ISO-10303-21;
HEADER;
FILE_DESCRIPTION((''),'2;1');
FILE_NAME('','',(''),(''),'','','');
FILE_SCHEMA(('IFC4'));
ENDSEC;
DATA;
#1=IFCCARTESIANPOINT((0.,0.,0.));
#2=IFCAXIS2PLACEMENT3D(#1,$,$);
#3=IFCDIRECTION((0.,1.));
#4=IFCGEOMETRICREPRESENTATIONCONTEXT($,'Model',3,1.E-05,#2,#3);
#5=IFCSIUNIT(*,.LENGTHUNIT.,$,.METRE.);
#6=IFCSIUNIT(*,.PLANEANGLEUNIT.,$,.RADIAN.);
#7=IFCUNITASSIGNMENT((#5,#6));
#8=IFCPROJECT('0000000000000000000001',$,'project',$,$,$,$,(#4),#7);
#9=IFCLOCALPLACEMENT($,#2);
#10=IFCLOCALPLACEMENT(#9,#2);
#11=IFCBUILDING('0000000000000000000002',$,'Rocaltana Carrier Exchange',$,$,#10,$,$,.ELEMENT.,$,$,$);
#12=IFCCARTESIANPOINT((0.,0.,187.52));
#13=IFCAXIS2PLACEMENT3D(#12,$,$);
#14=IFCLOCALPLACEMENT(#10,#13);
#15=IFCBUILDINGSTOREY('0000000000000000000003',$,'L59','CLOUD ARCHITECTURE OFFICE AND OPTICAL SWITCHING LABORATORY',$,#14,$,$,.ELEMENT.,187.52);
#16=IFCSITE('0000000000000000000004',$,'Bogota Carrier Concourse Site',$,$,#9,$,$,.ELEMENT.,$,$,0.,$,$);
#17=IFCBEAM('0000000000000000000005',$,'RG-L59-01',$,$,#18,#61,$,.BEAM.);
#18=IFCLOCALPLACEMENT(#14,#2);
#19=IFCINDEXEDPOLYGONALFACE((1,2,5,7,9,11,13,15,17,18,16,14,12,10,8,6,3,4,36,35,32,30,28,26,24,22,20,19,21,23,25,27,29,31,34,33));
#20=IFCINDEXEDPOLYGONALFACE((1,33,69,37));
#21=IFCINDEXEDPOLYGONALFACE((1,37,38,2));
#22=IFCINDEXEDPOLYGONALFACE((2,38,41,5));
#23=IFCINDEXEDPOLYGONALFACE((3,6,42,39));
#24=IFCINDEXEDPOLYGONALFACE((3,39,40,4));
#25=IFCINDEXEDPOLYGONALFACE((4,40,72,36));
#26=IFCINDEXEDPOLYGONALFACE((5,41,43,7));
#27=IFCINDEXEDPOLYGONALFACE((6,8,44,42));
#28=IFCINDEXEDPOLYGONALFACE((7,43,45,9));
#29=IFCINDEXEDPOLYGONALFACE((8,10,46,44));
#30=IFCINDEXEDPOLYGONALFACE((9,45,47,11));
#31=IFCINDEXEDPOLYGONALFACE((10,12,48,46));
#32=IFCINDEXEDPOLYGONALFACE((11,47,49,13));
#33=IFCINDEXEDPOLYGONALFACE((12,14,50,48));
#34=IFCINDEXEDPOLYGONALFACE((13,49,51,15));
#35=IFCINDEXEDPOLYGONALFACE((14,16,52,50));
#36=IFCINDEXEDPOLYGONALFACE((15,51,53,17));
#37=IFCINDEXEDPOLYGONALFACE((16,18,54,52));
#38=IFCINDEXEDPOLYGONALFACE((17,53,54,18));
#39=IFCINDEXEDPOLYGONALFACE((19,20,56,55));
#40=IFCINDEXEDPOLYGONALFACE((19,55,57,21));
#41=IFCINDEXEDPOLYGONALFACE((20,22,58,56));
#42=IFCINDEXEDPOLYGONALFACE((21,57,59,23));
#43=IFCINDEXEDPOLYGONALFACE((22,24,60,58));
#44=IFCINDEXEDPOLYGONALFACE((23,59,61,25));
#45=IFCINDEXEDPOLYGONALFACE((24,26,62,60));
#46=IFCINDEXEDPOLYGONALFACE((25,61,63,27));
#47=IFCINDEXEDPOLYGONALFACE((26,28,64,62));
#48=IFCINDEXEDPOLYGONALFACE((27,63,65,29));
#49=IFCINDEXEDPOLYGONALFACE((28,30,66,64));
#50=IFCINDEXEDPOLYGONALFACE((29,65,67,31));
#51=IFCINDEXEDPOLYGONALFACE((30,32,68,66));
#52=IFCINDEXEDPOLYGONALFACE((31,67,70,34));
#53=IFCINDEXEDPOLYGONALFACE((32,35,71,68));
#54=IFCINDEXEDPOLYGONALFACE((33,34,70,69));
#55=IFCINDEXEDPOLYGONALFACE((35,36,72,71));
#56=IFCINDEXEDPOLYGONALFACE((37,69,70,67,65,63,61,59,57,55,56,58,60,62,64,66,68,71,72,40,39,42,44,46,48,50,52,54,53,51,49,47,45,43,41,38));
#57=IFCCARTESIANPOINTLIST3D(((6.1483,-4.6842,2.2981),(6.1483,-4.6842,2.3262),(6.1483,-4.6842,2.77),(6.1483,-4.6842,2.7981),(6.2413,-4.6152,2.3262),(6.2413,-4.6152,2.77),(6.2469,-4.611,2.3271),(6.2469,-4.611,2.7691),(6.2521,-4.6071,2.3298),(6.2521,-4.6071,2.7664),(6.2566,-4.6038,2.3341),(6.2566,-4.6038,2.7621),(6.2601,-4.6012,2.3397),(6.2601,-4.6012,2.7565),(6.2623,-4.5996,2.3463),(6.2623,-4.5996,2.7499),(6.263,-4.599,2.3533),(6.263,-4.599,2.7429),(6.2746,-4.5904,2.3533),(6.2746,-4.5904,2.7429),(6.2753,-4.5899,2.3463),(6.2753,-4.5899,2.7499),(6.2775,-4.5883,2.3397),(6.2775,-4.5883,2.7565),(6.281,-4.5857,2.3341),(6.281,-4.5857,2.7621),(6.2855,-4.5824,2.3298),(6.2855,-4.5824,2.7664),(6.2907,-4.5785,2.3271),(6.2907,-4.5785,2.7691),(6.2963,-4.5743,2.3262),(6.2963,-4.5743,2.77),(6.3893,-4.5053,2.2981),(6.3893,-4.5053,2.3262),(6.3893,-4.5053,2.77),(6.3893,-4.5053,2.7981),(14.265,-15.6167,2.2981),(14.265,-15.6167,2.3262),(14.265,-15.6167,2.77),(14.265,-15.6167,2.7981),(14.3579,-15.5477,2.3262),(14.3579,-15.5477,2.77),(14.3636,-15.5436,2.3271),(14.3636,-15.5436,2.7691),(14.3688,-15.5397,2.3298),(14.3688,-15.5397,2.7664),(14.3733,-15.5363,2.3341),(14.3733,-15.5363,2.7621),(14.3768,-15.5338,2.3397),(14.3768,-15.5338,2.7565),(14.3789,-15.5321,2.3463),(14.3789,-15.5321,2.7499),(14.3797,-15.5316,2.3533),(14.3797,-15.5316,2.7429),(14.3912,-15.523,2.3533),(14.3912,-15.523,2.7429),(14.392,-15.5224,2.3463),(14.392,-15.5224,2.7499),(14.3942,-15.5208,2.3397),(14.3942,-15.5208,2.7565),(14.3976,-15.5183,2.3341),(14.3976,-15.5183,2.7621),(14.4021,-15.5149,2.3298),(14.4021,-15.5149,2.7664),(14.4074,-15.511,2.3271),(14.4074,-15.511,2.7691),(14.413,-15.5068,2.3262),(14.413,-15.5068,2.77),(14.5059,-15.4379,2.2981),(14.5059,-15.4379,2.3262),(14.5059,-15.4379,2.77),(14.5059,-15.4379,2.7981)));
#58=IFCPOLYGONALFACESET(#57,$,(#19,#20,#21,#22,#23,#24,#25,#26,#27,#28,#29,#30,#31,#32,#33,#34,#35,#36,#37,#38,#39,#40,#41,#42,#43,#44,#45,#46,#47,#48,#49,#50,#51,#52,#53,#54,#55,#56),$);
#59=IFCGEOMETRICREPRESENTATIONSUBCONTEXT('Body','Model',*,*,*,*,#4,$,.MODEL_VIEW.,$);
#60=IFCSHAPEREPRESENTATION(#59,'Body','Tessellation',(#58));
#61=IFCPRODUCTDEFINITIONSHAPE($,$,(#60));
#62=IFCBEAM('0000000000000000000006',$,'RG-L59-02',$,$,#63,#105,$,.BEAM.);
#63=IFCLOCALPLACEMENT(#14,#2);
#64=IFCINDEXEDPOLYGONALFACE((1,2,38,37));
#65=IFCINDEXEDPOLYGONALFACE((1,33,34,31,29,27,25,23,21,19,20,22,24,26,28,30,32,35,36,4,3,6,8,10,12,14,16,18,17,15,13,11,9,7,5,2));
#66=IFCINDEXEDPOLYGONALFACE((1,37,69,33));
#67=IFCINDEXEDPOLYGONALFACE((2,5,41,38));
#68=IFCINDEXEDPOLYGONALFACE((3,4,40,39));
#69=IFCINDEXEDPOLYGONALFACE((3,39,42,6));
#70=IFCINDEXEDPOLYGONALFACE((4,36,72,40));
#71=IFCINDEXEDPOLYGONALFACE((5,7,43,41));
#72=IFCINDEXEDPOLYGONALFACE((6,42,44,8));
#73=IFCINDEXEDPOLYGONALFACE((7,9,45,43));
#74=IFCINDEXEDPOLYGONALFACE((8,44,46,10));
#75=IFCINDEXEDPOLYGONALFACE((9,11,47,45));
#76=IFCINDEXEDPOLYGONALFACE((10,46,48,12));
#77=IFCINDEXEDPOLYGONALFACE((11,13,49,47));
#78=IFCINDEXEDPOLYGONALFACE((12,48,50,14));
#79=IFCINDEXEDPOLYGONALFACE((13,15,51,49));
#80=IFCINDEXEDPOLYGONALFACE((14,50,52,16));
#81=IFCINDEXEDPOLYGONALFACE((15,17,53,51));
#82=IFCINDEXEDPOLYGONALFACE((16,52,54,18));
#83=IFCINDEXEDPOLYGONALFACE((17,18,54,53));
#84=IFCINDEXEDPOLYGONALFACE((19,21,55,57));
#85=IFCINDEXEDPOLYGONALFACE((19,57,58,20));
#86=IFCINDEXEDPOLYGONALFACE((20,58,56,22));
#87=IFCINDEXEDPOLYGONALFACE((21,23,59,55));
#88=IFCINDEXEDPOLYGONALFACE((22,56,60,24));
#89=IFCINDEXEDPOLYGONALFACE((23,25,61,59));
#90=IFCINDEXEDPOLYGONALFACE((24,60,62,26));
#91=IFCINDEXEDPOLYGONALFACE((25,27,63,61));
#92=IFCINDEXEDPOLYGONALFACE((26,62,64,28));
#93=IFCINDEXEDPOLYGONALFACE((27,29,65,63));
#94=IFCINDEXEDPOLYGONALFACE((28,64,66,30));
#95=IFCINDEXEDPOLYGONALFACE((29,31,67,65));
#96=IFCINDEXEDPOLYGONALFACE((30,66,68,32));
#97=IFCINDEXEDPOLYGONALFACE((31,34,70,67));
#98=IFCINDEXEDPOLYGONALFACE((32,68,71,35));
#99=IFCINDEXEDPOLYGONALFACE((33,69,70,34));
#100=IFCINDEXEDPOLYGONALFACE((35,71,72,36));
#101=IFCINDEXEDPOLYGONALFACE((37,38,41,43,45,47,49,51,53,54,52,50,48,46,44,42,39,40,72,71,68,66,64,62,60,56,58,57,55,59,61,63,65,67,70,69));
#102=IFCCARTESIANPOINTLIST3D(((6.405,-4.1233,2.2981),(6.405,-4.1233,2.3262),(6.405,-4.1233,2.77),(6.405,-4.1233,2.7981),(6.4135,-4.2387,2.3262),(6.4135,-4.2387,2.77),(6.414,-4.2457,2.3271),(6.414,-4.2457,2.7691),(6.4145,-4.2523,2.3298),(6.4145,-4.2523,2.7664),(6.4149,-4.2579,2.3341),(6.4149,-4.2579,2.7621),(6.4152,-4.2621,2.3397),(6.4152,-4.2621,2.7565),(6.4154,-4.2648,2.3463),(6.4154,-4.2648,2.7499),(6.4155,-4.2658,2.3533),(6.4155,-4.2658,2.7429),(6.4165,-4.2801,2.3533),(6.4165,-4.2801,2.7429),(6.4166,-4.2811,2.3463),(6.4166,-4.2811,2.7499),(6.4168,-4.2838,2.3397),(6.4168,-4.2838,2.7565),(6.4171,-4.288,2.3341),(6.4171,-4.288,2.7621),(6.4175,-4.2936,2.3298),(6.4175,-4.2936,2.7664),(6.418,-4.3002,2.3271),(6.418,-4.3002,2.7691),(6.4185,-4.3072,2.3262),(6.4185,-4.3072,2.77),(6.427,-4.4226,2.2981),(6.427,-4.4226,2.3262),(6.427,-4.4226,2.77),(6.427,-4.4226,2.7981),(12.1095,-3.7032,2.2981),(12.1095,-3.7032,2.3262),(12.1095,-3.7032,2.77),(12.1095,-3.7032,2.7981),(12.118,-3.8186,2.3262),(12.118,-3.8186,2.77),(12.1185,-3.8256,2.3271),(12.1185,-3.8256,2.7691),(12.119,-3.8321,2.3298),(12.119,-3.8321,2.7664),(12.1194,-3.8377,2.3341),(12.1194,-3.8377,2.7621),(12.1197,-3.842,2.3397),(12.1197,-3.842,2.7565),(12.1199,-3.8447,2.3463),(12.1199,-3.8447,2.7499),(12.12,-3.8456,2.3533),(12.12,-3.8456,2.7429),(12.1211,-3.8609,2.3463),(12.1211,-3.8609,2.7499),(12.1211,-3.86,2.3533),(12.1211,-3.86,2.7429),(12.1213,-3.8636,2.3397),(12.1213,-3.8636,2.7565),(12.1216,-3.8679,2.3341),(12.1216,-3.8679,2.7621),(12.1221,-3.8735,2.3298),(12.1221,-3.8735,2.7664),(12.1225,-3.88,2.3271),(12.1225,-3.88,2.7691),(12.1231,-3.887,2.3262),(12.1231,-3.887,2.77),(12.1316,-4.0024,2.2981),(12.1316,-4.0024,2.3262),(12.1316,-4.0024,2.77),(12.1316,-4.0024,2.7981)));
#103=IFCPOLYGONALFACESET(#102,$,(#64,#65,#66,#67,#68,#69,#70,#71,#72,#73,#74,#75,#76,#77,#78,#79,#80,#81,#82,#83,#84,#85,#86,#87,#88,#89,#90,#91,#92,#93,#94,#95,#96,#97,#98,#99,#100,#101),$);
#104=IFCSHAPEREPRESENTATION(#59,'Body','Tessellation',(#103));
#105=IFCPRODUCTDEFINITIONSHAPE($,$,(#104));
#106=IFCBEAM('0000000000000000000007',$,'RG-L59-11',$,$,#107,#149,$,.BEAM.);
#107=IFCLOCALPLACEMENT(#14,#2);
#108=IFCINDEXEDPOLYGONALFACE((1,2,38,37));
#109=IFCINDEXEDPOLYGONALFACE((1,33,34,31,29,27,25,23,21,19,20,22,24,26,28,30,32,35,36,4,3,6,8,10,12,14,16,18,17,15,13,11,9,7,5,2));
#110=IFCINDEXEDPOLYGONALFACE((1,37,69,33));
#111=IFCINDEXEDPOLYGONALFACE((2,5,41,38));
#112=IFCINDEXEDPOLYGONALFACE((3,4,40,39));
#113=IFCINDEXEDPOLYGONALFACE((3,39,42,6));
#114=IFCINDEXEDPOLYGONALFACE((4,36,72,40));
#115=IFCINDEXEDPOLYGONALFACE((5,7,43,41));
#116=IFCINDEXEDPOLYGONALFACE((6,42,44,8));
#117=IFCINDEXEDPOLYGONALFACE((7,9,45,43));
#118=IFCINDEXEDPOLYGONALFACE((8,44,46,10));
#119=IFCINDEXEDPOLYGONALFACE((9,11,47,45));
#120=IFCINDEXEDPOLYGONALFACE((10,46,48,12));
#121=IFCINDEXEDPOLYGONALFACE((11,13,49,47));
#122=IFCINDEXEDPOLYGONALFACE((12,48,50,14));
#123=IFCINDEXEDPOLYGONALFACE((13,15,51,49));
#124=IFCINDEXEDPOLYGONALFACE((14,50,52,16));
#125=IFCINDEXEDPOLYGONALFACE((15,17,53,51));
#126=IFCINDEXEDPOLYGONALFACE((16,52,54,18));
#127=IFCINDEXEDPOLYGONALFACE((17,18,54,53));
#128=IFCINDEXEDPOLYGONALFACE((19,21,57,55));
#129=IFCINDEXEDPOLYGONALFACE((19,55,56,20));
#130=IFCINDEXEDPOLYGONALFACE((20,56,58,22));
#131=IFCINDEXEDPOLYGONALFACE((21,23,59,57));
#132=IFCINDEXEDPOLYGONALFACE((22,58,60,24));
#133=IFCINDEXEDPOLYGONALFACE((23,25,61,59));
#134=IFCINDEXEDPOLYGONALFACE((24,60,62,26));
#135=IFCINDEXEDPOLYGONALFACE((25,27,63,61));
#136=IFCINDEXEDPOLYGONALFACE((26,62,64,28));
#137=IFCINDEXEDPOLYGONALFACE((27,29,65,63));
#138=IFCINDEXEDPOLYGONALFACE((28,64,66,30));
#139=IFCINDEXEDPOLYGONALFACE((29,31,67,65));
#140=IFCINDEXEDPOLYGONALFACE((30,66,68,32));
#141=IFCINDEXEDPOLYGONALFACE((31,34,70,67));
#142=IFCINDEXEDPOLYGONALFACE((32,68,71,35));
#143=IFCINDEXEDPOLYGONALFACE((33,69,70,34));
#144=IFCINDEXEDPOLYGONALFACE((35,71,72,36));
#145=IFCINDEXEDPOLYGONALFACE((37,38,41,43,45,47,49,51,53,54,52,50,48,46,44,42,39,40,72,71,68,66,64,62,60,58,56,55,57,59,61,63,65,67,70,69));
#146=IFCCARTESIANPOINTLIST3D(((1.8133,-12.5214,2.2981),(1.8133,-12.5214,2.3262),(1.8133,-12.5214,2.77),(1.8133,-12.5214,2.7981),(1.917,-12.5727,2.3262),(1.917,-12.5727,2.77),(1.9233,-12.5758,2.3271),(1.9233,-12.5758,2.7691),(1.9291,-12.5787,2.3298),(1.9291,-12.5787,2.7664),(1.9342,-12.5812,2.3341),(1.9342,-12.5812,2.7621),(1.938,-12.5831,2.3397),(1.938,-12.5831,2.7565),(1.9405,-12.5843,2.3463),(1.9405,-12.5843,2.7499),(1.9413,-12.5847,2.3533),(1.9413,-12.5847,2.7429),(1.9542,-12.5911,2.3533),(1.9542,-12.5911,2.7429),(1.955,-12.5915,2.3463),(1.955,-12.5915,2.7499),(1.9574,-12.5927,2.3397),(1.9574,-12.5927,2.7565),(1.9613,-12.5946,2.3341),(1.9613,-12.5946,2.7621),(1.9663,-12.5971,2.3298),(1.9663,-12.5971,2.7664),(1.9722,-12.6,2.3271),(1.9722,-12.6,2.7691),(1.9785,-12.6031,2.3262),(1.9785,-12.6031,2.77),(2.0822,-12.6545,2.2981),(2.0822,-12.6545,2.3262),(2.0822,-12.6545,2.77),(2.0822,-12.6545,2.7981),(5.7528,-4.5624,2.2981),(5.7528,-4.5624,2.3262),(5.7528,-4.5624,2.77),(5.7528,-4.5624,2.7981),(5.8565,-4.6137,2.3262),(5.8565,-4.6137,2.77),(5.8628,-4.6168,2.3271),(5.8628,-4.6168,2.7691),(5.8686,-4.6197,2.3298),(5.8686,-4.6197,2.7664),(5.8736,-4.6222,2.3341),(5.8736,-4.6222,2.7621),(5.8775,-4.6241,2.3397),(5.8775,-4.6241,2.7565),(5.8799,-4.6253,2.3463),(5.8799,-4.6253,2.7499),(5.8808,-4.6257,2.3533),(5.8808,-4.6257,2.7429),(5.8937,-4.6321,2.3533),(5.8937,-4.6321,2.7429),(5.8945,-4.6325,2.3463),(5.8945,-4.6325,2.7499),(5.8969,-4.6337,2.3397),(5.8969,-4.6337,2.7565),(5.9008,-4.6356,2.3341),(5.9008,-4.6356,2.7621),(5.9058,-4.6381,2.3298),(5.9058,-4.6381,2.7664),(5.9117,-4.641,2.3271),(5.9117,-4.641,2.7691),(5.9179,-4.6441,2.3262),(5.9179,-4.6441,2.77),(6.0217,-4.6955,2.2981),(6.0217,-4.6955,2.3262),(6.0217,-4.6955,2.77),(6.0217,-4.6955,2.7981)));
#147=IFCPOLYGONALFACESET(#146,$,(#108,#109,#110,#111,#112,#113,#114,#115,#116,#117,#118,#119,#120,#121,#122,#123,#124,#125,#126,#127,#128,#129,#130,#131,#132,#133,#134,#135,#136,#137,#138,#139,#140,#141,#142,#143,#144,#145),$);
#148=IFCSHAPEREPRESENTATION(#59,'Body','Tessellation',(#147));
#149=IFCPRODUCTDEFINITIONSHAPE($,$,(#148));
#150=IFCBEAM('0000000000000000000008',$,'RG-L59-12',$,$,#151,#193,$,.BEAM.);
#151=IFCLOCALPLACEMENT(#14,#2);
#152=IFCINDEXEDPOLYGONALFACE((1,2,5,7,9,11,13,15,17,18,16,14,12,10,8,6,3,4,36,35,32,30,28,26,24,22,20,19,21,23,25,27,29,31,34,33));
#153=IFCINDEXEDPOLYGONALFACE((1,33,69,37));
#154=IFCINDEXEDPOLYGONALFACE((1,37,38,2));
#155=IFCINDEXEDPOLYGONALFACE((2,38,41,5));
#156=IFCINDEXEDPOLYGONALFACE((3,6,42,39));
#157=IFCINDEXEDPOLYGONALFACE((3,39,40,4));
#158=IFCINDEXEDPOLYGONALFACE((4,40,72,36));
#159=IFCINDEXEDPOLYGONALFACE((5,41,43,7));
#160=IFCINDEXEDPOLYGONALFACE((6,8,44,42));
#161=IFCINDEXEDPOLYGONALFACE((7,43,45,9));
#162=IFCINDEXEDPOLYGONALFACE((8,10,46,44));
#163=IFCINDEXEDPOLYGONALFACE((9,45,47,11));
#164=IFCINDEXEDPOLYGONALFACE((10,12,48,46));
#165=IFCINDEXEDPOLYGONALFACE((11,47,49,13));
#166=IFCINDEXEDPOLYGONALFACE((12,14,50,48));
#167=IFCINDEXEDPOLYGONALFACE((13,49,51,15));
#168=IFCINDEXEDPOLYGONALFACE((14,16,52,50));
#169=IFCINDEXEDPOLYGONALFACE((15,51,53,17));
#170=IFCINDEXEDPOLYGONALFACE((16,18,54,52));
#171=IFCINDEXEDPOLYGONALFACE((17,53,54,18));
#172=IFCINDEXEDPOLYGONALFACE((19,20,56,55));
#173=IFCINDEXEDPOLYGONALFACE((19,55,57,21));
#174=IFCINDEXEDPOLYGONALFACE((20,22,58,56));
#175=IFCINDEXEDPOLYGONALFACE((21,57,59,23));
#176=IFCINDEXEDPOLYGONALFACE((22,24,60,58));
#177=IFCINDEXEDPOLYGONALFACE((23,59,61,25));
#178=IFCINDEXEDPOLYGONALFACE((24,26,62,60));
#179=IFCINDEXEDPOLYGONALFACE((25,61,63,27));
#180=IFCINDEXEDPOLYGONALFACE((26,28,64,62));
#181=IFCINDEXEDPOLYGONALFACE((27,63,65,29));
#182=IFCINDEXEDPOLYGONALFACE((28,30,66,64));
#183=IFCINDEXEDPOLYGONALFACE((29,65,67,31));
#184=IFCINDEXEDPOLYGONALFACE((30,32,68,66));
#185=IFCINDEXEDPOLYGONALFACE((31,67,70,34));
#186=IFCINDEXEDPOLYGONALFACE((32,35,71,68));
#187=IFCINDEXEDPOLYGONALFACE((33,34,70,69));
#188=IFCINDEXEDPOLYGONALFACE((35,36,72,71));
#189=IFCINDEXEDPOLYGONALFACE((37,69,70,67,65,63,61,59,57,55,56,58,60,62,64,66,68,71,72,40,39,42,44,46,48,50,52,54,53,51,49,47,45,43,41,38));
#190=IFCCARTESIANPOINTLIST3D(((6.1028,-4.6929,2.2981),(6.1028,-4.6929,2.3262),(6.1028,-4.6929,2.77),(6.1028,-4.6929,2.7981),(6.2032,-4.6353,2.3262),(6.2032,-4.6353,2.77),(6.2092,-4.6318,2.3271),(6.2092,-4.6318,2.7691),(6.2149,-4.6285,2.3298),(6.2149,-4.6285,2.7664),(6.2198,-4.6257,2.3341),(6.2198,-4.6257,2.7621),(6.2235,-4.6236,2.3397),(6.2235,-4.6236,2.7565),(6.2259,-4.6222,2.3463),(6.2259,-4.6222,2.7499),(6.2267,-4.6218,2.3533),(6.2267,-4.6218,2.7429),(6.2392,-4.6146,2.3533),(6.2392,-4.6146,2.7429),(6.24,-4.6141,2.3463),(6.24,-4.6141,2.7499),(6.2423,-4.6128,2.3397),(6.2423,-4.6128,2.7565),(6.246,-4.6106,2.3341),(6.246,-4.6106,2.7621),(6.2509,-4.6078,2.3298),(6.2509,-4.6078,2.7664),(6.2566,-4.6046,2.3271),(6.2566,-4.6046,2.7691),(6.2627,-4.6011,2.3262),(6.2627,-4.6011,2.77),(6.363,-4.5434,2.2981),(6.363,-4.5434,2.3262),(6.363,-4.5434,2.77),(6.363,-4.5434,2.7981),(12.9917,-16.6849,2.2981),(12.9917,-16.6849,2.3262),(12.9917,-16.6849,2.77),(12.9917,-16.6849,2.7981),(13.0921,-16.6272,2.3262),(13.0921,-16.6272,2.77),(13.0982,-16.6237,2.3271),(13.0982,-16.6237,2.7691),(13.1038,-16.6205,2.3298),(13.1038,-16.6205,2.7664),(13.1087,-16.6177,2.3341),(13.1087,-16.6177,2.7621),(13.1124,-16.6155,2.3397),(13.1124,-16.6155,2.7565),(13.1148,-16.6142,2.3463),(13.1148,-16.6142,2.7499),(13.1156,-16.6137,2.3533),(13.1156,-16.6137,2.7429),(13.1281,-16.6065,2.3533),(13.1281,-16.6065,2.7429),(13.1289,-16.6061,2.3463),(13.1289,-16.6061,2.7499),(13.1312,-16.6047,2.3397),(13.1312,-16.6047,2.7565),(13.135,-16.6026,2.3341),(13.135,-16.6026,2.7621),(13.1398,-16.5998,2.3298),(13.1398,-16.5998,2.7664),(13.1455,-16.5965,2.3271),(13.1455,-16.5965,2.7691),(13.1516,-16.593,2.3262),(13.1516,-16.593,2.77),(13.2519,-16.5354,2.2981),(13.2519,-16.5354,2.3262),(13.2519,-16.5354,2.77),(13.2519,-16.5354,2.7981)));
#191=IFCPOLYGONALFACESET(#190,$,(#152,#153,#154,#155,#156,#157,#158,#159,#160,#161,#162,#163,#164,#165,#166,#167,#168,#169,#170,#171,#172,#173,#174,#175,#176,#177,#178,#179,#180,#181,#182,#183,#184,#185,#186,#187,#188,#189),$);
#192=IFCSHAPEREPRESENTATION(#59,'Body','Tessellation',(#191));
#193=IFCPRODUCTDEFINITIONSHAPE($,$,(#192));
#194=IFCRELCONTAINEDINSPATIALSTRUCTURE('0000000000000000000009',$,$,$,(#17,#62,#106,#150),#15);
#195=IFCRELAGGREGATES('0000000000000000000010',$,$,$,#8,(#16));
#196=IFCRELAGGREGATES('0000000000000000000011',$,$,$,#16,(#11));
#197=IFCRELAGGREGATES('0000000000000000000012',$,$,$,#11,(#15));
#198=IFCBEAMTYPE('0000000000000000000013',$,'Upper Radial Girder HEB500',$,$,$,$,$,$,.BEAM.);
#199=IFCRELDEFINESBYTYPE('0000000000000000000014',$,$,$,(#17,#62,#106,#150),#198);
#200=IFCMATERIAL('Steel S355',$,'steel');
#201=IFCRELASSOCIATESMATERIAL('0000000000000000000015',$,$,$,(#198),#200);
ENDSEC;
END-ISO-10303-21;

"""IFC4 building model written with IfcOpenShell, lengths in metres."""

from ifc_helpers import new_model, si_unit, direction, frame, origin, origin_2d, place, context, subcontext, project, spatial, i_section, extrude, material, material_profile, profile_set, type_object, element, save


model = new_model("IFC4")

# Units and contexts
model_context = context("Model", 3, precision=1e-05, world=origin(), true_north=direction((0.0, 1.0)))
body_context = subcontext(model_context, "Body", "Model", "MODEL_VIEW")
ifc_project = project(units=[si_unit("LENGTHUNIT", "METRE"), si_unit("PLANEANGLEUNIT", "RADIAN")], contexts=[model_context])

# Site, building, storey
site_placement = place(None, origin())
site = spatial("IfcSite", under=ifc_project, at=site_placement, Name="Bogota Carrier Concourse Site", CompositionType="ELEMENT", RefElevation=0.0)
building_placement = place(site_placement, origin())
building = spatial("IfcBuilding", under=site, at=building_placement, Name="Rocaltana Carrier Exchange", CompositionType="ELEMENT")
storey_placement = place(building_placement, frame((0.0, 0.0, 187.52)))
storey = spatial("IfcBuildingStorey", under=building, at=storey_placement, Name="L59", Description="CLOUD ARCHITECTURE OFFICE AND OPTICAL SWITCHING LABORATORY", CompositionType="ELEMENT", Elevation=187.52)

# Beams
ifc_material_1 = material(Name="Steel S355", Category="steel")
ifc_material_profile_1 = material_profile(ifc_material_1, i_section(OverallWidth=0.3, OverallDepth=0.5, WebThickness=0.0144, FlangeThickness=0.0281, FilletRadius=0.0271, at=origin_2d()), Name="HEB500")
ifc_profile_set_1 = profile_set([ifc_material_profile_1], Name="Steel S355")
beam_type_1 = type_object("IfcBeamType", Name="Upper Radial Girder HEB500", PredefinedType="BEAM", material=ifc_profile_set_1)
beam_1_placement = place(storey_placement, frame((6.2688, -4.5947, 2.5481), z_axis=(0.596103, -0.802908, 0.0), x_axis=(0.802908, 0.596103, 0.0)))
element("IfcBeam", 1, at=beam_1_placement, inside=storey, type_object=beam_type_1, Name="RG-L59-01", PredefinedType="BEAM", context=body_context, shape_type="SweptSolid", body=[
    extrude(i_section(OverallWidth=0.3, OverallDepth=0.5, WebThickness=0.0144, FlangeThickness=0.0281, FilletRadius=0.0271, at=origin_2d()), origin(), (0.0, 0.0, 1.0), 13.6162),
])
beam_2_placement = place(storey_placement, frame((6.416, -4.2729, 2.5481), z_axis=(0.997299, 0.073455, 0.0), x_axis=(-0.073455, 0.997299, 0.0)))
element("IfcBeam", 2, at=beam_2_placement, inside=storey, type_object=beam_type_1, Name="RG-L59-02", PredefinedType="BEAM", context=body_context, shape_type="SweptSolid", body=[
    extrude(i_section(OverallWidth=0.3, OverallDepth=0.5, WebThickness=0.0144, FlangeThickness=0.0281, FilletRadius=0.0271, at=origin_2d()), origin(), (0.0, 0.0, 1.0), 5.72),
])
beam_3_placement = place(storey_placement, frame((5.8872, -4.6289, 2.5481), z_axis=(-0.443603, -0.896223, 0.0), x_axis=(0.896223, -0.443603, 0.0)))
element("IfcBeam", 3, at=beam_3_placement, inside=storey, type_object=beam_type_1, Name="RG-L59-11", PredefinedType="BEAM", context=body_context, shape_type="SweptSolid", body=[
    extrude(i_section(OverallWidth=0.3, OverallDepth=0.5, WebThickness=0.0144, FlangeThickness=0.0281, FilletRadius=0.0271, at=origin_2d()), origin(), (0.0, 0.0, 1.0), 8.8806),
])
beam_4_placement = place(storey_placement, frame((6.2329, -4.6182, 2.5481), z_axis=(0.498121, -0.867108, 0.0), x_axis=(0.867108, 0.498121, 0.0)))
element("IfcBeam", 4, at=beam_4_placement, inside=storey, type_object=beam_type_1, Name="RG-L59-12", PredefinedType="BEAM", context=body_context, shape_type="SweptSolid", body=[
    extrude(i_section(OverallWidth=0.3, OverallDepth=0.5, WebThickness=0.0144, FlangeThickness=0.0281, FilletRadius=0.0271, at=origin_2d()), origin(), (0.0, 0.0, 1.0), 13.8298),
])

save(model, "model.ifc")
